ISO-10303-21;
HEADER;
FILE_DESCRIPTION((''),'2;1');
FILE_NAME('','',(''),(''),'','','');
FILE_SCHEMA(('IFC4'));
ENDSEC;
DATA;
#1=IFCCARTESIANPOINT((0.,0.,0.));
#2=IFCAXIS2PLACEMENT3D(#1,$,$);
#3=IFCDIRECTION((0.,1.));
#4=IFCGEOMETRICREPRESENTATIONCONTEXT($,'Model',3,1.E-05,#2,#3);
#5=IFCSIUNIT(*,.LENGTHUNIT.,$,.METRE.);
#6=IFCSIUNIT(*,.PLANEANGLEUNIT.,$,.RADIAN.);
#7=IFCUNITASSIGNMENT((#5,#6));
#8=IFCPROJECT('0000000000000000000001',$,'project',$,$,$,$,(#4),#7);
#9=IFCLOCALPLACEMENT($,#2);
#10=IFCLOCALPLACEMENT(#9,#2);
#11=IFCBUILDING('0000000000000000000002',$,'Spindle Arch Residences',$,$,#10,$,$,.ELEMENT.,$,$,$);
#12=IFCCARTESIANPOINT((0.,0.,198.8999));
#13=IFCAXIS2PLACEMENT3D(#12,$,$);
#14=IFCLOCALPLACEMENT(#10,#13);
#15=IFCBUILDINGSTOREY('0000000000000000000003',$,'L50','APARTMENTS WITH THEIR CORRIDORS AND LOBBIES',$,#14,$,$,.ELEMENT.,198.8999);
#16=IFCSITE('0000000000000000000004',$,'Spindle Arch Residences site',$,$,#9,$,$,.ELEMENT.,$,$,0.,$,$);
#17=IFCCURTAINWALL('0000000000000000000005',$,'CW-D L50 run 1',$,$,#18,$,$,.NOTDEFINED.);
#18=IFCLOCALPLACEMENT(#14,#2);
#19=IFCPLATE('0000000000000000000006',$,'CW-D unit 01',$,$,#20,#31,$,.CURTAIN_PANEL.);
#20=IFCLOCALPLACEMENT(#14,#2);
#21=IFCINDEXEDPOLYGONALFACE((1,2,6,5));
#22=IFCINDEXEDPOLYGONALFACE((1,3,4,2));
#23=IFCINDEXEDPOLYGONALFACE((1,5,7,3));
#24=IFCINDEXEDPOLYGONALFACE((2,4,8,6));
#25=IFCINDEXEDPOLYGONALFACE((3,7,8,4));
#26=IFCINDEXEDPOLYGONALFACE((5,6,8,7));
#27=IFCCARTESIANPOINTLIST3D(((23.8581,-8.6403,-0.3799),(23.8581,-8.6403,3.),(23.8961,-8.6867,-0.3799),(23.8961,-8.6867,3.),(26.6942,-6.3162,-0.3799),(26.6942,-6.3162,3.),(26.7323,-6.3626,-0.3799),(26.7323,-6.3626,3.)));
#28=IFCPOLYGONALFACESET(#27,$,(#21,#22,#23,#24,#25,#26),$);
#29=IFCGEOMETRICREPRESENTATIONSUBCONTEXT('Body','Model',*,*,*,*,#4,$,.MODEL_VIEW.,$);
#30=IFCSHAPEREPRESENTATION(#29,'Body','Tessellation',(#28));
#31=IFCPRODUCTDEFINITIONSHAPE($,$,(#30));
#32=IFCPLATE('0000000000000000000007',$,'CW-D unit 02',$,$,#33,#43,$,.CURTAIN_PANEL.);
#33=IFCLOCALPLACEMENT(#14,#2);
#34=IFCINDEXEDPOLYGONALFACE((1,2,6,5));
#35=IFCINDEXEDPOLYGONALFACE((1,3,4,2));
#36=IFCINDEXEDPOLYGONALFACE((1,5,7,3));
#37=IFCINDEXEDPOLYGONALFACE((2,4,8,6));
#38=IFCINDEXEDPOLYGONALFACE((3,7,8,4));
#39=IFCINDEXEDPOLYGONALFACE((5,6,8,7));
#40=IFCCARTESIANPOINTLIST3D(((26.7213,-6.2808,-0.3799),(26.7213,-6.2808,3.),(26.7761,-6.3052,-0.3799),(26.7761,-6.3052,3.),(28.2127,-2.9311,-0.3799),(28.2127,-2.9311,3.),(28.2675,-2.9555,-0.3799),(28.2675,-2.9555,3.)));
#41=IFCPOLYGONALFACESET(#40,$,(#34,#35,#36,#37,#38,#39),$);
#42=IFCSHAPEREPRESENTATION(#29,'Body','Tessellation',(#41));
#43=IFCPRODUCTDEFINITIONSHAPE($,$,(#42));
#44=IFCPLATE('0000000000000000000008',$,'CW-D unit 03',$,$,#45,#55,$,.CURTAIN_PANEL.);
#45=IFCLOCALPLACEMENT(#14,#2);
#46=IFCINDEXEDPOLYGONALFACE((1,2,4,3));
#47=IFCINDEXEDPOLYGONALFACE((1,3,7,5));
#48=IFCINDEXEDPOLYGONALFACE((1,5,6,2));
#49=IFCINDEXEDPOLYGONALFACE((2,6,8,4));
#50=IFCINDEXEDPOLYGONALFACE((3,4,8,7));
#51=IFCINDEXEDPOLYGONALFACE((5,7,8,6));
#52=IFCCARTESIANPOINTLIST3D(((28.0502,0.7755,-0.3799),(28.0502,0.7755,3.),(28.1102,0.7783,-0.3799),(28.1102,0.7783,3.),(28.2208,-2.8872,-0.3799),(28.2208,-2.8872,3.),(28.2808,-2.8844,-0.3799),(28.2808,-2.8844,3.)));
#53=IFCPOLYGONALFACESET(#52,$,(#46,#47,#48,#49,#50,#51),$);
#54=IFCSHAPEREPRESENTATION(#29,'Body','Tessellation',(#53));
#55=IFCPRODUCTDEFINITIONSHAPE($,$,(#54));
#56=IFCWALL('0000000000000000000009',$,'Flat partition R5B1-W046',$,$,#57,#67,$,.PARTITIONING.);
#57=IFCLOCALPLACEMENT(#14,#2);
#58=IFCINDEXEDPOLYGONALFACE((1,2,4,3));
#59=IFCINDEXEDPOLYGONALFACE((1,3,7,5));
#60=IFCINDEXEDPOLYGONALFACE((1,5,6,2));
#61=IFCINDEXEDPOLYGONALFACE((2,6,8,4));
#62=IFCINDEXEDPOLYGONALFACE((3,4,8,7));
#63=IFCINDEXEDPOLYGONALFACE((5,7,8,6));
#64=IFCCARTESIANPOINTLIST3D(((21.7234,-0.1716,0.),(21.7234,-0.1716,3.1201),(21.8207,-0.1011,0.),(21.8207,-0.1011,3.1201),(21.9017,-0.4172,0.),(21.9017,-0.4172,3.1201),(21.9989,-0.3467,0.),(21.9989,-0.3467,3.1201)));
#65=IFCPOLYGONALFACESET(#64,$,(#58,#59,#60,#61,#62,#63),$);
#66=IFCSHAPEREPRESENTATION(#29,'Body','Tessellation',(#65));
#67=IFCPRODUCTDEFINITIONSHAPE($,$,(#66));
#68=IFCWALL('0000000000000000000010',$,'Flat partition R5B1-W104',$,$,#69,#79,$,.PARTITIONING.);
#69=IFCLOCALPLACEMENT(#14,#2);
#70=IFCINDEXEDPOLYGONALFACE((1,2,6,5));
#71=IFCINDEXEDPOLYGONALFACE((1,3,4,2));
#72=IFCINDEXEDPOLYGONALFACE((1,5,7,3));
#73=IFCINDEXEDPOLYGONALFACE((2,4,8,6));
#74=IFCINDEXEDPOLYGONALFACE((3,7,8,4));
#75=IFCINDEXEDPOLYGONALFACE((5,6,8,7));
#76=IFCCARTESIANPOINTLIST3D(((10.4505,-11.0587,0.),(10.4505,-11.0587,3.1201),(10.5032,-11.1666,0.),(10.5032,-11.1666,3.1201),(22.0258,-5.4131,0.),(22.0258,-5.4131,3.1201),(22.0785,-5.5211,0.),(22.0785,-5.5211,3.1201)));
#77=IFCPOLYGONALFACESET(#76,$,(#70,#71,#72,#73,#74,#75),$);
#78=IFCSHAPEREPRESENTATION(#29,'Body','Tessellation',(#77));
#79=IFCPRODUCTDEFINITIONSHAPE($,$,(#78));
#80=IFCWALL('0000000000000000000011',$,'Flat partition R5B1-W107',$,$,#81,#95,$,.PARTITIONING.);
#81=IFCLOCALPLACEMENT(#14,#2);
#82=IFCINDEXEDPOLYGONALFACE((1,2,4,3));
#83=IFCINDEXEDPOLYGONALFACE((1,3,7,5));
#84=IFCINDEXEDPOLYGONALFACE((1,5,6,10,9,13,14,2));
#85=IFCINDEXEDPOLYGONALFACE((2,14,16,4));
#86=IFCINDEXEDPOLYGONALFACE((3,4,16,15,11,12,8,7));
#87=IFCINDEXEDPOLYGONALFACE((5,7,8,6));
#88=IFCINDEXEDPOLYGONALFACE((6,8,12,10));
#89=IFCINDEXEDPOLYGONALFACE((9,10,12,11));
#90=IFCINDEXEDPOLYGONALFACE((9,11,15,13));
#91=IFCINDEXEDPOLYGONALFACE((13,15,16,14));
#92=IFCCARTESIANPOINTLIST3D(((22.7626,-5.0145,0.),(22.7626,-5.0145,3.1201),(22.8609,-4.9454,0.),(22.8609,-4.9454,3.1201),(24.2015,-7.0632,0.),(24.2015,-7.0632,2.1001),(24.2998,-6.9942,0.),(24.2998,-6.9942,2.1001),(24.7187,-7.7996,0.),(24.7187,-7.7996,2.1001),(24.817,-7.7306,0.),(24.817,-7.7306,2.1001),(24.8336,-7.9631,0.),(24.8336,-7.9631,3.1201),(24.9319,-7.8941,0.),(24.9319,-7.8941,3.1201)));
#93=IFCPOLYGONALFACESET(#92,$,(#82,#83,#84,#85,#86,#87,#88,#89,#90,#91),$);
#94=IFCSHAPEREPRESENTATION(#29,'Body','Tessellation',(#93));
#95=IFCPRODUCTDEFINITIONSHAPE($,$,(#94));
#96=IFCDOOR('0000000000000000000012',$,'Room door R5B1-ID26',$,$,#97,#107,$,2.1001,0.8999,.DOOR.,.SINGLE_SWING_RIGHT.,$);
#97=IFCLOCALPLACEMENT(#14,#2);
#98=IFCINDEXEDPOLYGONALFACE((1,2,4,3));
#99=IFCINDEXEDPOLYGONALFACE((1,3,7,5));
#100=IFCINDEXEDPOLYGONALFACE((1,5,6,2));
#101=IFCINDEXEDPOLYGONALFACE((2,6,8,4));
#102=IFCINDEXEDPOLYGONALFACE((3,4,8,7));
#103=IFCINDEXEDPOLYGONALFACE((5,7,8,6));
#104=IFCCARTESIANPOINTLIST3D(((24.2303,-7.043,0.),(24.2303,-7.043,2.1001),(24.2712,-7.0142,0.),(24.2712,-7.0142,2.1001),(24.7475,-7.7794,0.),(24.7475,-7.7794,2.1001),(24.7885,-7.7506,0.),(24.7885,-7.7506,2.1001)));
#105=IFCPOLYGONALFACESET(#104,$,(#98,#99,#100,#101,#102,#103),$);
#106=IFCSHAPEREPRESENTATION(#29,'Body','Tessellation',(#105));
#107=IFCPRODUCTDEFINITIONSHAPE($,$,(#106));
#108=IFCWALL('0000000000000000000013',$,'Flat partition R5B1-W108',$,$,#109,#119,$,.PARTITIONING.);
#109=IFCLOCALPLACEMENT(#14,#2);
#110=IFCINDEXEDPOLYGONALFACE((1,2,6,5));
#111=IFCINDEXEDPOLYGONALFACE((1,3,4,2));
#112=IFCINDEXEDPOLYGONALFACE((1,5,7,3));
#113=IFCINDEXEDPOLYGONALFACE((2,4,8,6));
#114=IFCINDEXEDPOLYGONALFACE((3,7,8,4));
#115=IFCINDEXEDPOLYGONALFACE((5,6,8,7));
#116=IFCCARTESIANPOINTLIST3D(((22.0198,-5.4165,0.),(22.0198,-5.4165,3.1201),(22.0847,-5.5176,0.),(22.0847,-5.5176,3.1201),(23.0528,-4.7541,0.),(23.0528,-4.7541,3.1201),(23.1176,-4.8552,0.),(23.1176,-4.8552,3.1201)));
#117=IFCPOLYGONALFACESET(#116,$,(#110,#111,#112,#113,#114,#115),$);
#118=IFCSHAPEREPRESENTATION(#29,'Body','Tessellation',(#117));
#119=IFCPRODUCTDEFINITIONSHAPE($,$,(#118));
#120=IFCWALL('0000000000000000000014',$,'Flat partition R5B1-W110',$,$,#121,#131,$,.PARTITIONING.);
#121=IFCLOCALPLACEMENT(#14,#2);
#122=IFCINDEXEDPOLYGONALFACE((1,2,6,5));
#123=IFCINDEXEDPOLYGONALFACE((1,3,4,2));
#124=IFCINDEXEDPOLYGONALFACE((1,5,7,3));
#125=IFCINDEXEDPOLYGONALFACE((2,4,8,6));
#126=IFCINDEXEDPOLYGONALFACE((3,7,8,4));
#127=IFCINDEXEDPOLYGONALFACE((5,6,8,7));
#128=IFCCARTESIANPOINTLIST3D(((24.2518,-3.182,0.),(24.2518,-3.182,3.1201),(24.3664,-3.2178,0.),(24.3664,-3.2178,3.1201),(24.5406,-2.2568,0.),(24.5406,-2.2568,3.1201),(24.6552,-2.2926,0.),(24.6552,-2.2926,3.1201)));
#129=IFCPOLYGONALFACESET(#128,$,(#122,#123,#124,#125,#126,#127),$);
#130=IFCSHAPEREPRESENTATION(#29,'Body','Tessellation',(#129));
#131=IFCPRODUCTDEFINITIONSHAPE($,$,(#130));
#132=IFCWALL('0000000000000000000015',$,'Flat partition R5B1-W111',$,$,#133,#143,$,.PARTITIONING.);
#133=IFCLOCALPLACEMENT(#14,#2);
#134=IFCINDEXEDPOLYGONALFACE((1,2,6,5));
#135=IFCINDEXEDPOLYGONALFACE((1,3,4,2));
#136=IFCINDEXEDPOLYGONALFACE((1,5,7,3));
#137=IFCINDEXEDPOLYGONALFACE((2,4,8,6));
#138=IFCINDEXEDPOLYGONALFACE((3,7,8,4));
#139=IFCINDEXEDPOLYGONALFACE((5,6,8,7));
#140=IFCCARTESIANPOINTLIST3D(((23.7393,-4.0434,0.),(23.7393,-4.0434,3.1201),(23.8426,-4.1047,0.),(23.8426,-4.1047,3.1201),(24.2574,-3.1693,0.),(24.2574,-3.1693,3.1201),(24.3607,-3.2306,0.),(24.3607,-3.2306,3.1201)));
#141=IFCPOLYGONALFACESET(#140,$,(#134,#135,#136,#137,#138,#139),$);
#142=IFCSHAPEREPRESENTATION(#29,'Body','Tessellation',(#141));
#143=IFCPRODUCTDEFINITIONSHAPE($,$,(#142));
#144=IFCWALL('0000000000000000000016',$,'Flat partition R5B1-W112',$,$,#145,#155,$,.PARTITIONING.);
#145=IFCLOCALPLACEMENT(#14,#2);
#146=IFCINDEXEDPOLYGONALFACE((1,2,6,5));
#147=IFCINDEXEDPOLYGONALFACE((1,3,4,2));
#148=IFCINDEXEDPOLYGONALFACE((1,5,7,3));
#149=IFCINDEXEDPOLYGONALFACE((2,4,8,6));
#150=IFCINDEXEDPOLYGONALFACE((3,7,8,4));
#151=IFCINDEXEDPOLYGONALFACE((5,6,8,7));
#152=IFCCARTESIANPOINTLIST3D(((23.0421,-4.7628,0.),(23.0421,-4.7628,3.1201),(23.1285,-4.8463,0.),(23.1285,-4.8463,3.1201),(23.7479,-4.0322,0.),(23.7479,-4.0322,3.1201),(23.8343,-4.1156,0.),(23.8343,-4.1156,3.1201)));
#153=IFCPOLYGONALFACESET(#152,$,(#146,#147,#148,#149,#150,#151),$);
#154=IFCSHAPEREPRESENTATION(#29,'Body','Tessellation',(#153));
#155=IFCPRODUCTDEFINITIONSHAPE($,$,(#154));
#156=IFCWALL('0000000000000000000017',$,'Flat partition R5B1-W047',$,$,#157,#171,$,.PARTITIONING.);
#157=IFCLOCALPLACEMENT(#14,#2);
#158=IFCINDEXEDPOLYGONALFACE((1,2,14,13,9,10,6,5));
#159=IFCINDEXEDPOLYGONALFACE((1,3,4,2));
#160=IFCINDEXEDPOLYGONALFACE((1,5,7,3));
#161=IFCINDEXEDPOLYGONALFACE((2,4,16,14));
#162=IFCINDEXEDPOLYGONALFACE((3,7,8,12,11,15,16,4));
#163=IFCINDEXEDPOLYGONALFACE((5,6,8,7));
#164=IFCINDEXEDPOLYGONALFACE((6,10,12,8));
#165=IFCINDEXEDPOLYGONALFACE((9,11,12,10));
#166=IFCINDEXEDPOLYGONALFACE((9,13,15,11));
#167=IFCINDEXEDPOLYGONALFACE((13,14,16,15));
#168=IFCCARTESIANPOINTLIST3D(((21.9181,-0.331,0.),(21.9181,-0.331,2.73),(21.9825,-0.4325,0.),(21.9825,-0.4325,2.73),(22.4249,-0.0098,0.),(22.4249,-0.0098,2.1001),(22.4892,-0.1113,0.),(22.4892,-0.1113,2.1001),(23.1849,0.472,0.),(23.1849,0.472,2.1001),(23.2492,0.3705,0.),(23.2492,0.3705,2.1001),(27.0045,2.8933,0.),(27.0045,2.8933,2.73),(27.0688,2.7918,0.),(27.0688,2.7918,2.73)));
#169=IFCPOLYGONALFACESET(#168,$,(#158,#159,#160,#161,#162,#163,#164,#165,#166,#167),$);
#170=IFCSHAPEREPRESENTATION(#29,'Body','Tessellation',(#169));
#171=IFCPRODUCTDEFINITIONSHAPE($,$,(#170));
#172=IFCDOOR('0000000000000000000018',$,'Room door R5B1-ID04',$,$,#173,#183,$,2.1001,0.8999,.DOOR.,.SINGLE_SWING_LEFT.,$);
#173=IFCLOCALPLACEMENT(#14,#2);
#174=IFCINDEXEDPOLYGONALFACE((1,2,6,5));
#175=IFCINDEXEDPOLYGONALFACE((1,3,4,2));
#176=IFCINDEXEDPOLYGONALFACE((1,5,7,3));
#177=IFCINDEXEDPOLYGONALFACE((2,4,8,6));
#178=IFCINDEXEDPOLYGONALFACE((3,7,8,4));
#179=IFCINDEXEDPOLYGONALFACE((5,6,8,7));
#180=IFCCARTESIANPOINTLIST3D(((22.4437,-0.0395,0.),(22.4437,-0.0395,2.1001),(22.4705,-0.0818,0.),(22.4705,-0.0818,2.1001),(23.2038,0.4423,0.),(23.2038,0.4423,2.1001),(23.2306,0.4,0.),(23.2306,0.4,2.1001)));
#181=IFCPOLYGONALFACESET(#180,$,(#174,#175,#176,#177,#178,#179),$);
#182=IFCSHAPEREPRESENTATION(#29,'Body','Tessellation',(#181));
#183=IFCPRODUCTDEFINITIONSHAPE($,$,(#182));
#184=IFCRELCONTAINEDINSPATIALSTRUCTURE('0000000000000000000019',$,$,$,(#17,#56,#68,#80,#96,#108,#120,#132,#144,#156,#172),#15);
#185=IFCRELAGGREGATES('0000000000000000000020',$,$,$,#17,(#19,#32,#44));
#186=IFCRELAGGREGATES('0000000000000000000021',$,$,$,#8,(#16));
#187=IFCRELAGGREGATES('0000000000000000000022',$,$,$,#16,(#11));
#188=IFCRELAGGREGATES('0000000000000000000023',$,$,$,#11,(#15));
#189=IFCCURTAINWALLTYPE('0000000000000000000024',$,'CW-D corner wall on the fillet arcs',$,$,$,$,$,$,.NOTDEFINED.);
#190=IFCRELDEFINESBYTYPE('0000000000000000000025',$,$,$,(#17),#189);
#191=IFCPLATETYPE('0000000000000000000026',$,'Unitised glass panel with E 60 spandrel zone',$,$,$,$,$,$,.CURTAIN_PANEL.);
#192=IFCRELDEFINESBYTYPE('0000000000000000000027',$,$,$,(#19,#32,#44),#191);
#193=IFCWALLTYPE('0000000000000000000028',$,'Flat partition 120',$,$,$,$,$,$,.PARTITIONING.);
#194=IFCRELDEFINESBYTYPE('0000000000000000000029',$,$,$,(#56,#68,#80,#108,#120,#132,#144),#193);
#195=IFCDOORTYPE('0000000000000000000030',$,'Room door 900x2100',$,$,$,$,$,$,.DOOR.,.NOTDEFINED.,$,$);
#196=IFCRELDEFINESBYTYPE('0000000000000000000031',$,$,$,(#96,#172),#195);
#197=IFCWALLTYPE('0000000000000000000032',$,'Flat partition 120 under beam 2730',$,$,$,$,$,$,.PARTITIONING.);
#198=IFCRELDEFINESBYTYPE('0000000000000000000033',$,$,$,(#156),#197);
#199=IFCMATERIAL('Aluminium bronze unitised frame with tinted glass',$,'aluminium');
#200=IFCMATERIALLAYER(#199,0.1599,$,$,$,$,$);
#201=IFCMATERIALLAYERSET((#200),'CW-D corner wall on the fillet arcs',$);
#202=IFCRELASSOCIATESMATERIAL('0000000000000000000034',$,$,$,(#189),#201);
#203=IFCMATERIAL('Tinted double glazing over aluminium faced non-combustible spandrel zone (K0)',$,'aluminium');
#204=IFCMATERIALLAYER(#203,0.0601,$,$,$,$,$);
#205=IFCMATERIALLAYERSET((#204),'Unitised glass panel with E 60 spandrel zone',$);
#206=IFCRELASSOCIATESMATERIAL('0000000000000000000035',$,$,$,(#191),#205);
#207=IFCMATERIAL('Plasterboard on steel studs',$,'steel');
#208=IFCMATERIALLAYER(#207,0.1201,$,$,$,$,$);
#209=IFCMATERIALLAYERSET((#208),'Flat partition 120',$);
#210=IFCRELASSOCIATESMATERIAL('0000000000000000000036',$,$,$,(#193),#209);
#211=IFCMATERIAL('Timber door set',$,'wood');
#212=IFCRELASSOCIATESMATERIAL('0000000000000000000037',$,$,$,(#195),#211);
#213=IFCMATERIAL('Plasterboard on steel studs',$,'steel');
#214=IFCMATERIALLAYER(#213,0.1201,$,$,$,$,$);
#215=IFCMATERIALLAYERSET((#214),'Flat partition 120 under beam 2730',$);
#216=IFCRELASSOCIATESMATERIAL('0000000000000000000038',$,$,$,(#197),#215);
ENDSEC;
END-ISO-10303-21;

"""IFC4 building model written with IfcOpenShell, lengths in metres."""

from ifc_helpers import new_model, si_unit, direction, frame, frame_2d, origin, origin_2d, place, context, subcontext, project, spatial, rectangle, extrude, material, layer, layer_set, type_object, element, fill, aggregate, save


model = new_model("IFC4")

# Units and contexts
model_context = context("Model", 3, precision=1e-05, world=origin(), true_north=direction((0.0, 1.0)))
body_context = subcontext(model_context, "Body", "Model", "MODEL_VIEW")
ifc_project = project(units=[si_unit("LENGTHUNIT", "METRE"), si_unit("PLANEANGLEUNIT", "RADIAN")], contexts=[model_context])

# Site, building, storey
site_placement = place(None, origin())
site = spatial("IfcSite", under=ifc_project, at=site_placement, Name="Spindle Arch Residences site", CompositionType="ELEMENT", RefElevation=0.0)
building_placement = place(site_placement, origin())
building = spatial("IfcBuilding", under=site, at=building_placement, Name="Spindle Arch Residences", CompositionType="ELEMENT")
storey_placement = place(building_placement, frame((0.0, 0.0, 198.8999)))
storey = spatial("IfcBuildingStorey", under=building, at=storey_placement, Name="L50", Description="APARTMENTS WITH THEIR CORRIDORS AND LOBBIES", CompositionType="ELEMENT", Elevation=198.8999)

# Curtain wall
ifc_material_1 = material(Name="Aluminium bronze unitised frame with tinted glass", Category="aluminium")
ifc_layer_1 = layer(ifc_material_1, 0.1599)
ifc_layer_set_1 = layer_set([ifc_layer_1], Name="CW-D corner wall on the fillet arcs")
curtain_wall_type = type_object("IfcCurtainWallType", Name="CW-D corner wall on the fillet arcs", PredefinedType="NOTDEFINED", material=ifc_layer_set_1)
curtain_wall_placement = place(storey_placement, origin())
curtain_wall = element("IfcCurtainWall", 1, at=curtain_wall_placement, inside=storey, type_object=curtain_wall_type, Name="CW-D L50 run 1", PredefinedType="NOTDEFINED")

# Plates
ifc_material_2 = material(Name="Tinted double glazing over aluminium faced non-combustible spandrel zone (K0)", Category="aluminium")
ifc_layer_2 = layer(ifc_material_2, 0.0601)
ifc_layer_set_2 = layer_set([ifc_layer_2], Name="Unitised glass panel with E 60 spandrel zone")
plate_type = type_object("IfcPlateType", Name="Unitised glass panel with E 60 spandrel zone", PredefinedType="CURTAIN_PANEL", material=ifc_layer_set_2)
plate_1_placement = place(storey_placement, frame((25.2952, -7.5015, -0.3799), z_axis=(0.0, 0.0, 1.0), x_axis=(0.773472, 0.633831, 0.0)))
plate_1 = element("IfcPlate", 2, at=plate_1_placement, type_object=plate_type, Name="CW-D unit 01", PredefinedType="CURTAIN_PANEL", context=body_context, shape_type="SweptSolid", body=[
    extrude(rectangle(XDim=3.6667, YDim=0.0601, at=origin_2d()), origin(), (0.0, 0.0, 1.0), 3.3799),
])
plate_2_placement = place(storey_placement, frame((27.4944, -4.6182, -0.3799), z_axis=(0.0, 0.0, 1.0), x_axis=(0.406737, 0.913545, 0.0)))
plate_2 = element("IfcPlate", 3, at=plate_2_placement, type_object=plate_type, Name="CW-D unit 02", PredefinedType="CURTAIN_PANEL", context=body_context, shape_type="SweptSolid", body=[
    extrude(rectangle(XDim=3.6667, YDim=0.0601, at=origin_2d()), origin(), (0.0, 0.0, 1.0), 3.3799),
])
plate_3_placement = place(storey_placement, frame((28.1655, -1.0544, -0.3799), z_axis=(0.0, 0.0, 1.0), x_axis=(-0.046525, 0.998917, 0.0)))
plate_3 = element("IfcPlate", 4, at=plate_3_placement, type_object=plate_type, Name="CW-D unit 03", PredefinedType="CURTAIN_PANEL", context=body_context, shape_type="SweptSolid", body=[
    extrude(rectangle(XDim=3.6667, YDim=0.0601, at=origin_2d()), origin(), (0.0, 0.0, 1.0), 3.3799),
])
aggregate(curtain_wall, [plate_1, plate_2, plate_3])

# Walls
ifc_material_3 = material(Name="Plasterboard on steel studs", Category="steel")
ifc_layer_3 = layer(ifc_material_3, 0.1201)
ifc_layer_set_3 = layer_set([ifc_layer_3], Name="Flat partition 120")
wall_type_1 = type_object("IfcWallType", Name="Flat partition 120", PredefinedType="PARTITIONING", material=ifc_layer_set_3)
wall_1_placement = place(storey_placement, frame((21.772, -0.1362, 0.0), z_axis=(0.0, 0.0, 1.0), x_axis=(0.58731, -0.809362, 0.0)))
element("IfcWall", 5, at=wall_1_placement, inside=storey, type_object=wall_type_1, Name="Flat partition R5B1-W046", PredefinedType="PARTITIONING", context=body_context, shape_type="SweptSolid", body=[
    extrude(rectangle(XDim=0.3035, YDim=0.1201, at=frame_2d((0.1519, 0.0))), origin(), (0.0, 0.0, 1.0), 3.1201),
])
wall_2_placement = place(storey_placement, frame((22.0522, -5.467, 0.0), z_axis=(0.0, 0.0, 1.0), x_axis=(-0.898797, -0.438365, 0.0)))
element("IfcWall", 6, at=wall_2_placement, inside=storey, type_object=wall_type_1, Name="Flat partition R5B1-W104", PredefinedType="PARTITIONING", context=body_context, shape_type="SweptSolid", body=[
    extrude(rectangle(XDim=12.8787, YDim=0.1201, at=frame_2d((6.4395, 0.0))), origin(), (0.0, 0.0, 1.0), 3.1201),
])

# Wall, opening, door
wall_3_placement = place(storey_placement, frame((24.8828, -7.9287, 0.0), z_axis=(0.0, 0.0, 1.0), x_axis=(-0.574753, 0.818327, 0.0)))
wall_3 = element("IfcWall", 7, at=wall_3_placement, inside=storey, type_object=wall_type_1, Name="Flat partition R5B1-W107", PredefinedType="PARTITIONING", context=body_context, shape_type="SweptSolid", body=[
    extrude(rectangle(XDim=3.6033, YDim=0.1201, at=frame_2d((1.8018, 0.0))), origin(), (0.0, 0.0, 1.0), 3.1201),
])
opening_1_placement = place(wall_3_placement, frame((0.2, 0.0, 0.0)))
opening_1 = element("IfcOpeningElement", 8, at=opening_1_placement, cuts=wall_3, PredefinedType="OPENING", context=body_context, shape_type="SweptSolid", body=[
    extrude(rectangle(XDim=0.8999, YDim=2.1001, at=frame_2d((0.45, 1.05))), frame((0.0, 0.0701, 0.0), z_axis=(0.0, -1.0, 0.0), x_axis=(1.0, 0.0, 0.0)), (0.0, 0.0, 1.0), 0.1401),
])
ifc_material_4 = material(Name="Timber door set", Category="wood")
door_type = type_object("IfcDoorType", Name="Room door 900x2100", OperationType="NOTDEFINED", PredefinedType="DOOR", material=ifc_material_4)
door_1_placement = place(opening_1_placement, origin())
door_1 = element("IfcDoor", 9, at=door_1_placement, inside=storey, type_object=door_type, Name="Room door R5B1-ID26", OperationType="SINGLE_SWING_RIGHT", OverallHeight=2.1001, OverallWidth=0.8999, PredefinedType="DOOR", context=body_context, shape_type="SweptSolid", body=[
    extrude(rectangle(XDim=0.8999, YDim=2.1001, at=frame_2d((0.45, 1.05))), frame((0.0, 0.0249, 0.0), z_axis=(0.0, -1.0, 0.0), x_axis=(1.0, 0.0, 0.0)), (0.0, 0.0, 1.0), 0.05),
])
fill(opening_1, door_1)

# Walls
wall_4_placement = place(storey_placement, frame((23.0852, -4.8047, 0.0), z_axis=(0.0, 0.0, 1.0), x_axis=(-0.841805, -0.539782, 0.0)))
element("IfcWall", 10, at=wall_4_placement, inside=storey, type_object=wall_type_1, Name="Flat partition R5B1-W108", PredefinedType="PARTITIONING", context=body_context, shape_type="SweptSolid", body=[
    extrude(rectangle(XDim=1.2271, YDim=0.1201, at=frame_2d((0.6135, 0.0))), origin(), (0.0, 0.0, 1.0), 3.1201),
])
wall_5_placement = place(storey_placement, frame((24.5979, -2.2747, 0.0), z_axis=(0.0, 0.0, 1.0), x_axis=(-0.297959, -0.954579, 0.0)))
element("IfcWall", 11, at=wall_5_placement, inside=storey, type_object=wall_type_1, Name="Flat partition R5B1-W110", PredefinedType="PARTITIONING", context=body_context, shape_type="SweptSolid", body=[
    extrude(rectangle(XDim=0.9692, YDim=0.1201, at=frame_2d((0.4846, 0.0))), origin(), (0.0, 0.0, 1.0), 3.1201),
])
wall_6_placement = place(storey_placement, frame((24.3091, -3.2, 0.0), z_axis=(0.0, 0.0, 1.0), x_axis=(-0.509895, -0.860237, 0.0)))
element("IfcWall", 12, at=wall_6_placement, inside=storey, type_object=wall_type_1, Name="Flat partition R5B1-W111", PredefinedType="PARTITIONING", context=body_context, shape_type="SweptSolid", body=[
    extrude(rectangle(XDim=1.0161, YDim=0.1201, at=frame_2d((0.5081, 0.0))), origin(), (0.0, 0.0, 1.0), 3.1201),
])
wall_7_placement = place(storey_placement, frame((23.791, -4.074, 0.0), z_axis=(0.0, 0.0, 1.0), x_axis=(-0.694745, -0.719257, 0.0)))
element("IfcWall", 13, at=wall_7_placement, inside=storey, type_object=wall_type_1, Name="Flat partition R5B1-W112", PredefinedType="PARTITIONING", context=body_context, shape_type="SweptSolid", body=[
    extrude(rectangle(XDim=1.0159, YDim=0.1201, at=frame_2d((0.5078, 0.0))), origin(), (0.0, 0.0, 1.0), 3.1201),
])

# Wall, opening, door
ifc_material_5 = material(Name="Plasterboard on steel studs", Category="steel")
ifc_layer_4 = layer(ifc_material_5, 0.1201)
ifc_layer_set_4 = layer_set([ifc_layer_4], Name="Flat partition 120 under beam 2730")
wall_type_2 = type_object("IfcWallType", Name="Flat partition 120 under beam 2730", PredefinedType="PARTITIONING", material=ifc_layer_set_4)
wall_8_placement = place(storey_placement, frame((21.9502, -0.3818, 0.0), z_axis=(0.0, 0.0, 1.0), x_axis=(0.844597, 0.535403, 0.0)))
wall_8 = element("IfcWall", 14, at=wall_8_placement, inside=storey, type_object=wall_type_2, Name="Flat partition R5B1-W047", PredefinedType="PARTITIONING", context=body_context, shape_type="SweptSolid", body=[
    extrude(rectangle(XDim=6.0222, YDim=0.1201, at=frame_2d((3.0112, 0.0))), origin(), (0.0, 0.0, 1.0), 2.73),
])
opening_2_placement = place(wall_8_placement, frame((0.6001, 0.0, 0.0)))
opening_2 = element("IfcOpeningElement", 15, at=opening_2_placement, cuts=wall_8, PredefinedType="OPENING", context=body_context, shape_type="SweptSolid", body=[
    extrude(rectangle(XDim=0.8999, YDim=2.1001, at=frame_2d((0.45, 1.05))), frame((0.0, 0.0701, 0.0), z_axis=(0.0, -1.0, 0.0), x_axis=(1.0, 0.0, 0.0)), (0.0, 0.0, 1.0), 0.1401),
])
door_2_placement = place(opening_2_placement, origin())
door_2 = element("IfcDoor", 16, at=door_2_placement, inside=storey, type_object=door_type, Name="Room door R5B1-ID04", OperationType="SINGLE_SWING_LEFT", OverallHeight=2.1001, OverallWidth=0.8999, PredefinedType="DOOR", context=body_context, shape_type="SweptSolid", body=[
    extrude(rectangle(XDim=0.8999, YDim=2.1001, at=frame_2d((0.45, 1.05))), frame((0.0, 0.0249, 0.0), z_axis=(0.0, -1.0, 0.0), x_axis=(1.0, 0.0, 0.0)), (0.0, 0.0, 1.0), 0.05),
])
fill(opening_2, door_2)

save(model, "model.ifc")
